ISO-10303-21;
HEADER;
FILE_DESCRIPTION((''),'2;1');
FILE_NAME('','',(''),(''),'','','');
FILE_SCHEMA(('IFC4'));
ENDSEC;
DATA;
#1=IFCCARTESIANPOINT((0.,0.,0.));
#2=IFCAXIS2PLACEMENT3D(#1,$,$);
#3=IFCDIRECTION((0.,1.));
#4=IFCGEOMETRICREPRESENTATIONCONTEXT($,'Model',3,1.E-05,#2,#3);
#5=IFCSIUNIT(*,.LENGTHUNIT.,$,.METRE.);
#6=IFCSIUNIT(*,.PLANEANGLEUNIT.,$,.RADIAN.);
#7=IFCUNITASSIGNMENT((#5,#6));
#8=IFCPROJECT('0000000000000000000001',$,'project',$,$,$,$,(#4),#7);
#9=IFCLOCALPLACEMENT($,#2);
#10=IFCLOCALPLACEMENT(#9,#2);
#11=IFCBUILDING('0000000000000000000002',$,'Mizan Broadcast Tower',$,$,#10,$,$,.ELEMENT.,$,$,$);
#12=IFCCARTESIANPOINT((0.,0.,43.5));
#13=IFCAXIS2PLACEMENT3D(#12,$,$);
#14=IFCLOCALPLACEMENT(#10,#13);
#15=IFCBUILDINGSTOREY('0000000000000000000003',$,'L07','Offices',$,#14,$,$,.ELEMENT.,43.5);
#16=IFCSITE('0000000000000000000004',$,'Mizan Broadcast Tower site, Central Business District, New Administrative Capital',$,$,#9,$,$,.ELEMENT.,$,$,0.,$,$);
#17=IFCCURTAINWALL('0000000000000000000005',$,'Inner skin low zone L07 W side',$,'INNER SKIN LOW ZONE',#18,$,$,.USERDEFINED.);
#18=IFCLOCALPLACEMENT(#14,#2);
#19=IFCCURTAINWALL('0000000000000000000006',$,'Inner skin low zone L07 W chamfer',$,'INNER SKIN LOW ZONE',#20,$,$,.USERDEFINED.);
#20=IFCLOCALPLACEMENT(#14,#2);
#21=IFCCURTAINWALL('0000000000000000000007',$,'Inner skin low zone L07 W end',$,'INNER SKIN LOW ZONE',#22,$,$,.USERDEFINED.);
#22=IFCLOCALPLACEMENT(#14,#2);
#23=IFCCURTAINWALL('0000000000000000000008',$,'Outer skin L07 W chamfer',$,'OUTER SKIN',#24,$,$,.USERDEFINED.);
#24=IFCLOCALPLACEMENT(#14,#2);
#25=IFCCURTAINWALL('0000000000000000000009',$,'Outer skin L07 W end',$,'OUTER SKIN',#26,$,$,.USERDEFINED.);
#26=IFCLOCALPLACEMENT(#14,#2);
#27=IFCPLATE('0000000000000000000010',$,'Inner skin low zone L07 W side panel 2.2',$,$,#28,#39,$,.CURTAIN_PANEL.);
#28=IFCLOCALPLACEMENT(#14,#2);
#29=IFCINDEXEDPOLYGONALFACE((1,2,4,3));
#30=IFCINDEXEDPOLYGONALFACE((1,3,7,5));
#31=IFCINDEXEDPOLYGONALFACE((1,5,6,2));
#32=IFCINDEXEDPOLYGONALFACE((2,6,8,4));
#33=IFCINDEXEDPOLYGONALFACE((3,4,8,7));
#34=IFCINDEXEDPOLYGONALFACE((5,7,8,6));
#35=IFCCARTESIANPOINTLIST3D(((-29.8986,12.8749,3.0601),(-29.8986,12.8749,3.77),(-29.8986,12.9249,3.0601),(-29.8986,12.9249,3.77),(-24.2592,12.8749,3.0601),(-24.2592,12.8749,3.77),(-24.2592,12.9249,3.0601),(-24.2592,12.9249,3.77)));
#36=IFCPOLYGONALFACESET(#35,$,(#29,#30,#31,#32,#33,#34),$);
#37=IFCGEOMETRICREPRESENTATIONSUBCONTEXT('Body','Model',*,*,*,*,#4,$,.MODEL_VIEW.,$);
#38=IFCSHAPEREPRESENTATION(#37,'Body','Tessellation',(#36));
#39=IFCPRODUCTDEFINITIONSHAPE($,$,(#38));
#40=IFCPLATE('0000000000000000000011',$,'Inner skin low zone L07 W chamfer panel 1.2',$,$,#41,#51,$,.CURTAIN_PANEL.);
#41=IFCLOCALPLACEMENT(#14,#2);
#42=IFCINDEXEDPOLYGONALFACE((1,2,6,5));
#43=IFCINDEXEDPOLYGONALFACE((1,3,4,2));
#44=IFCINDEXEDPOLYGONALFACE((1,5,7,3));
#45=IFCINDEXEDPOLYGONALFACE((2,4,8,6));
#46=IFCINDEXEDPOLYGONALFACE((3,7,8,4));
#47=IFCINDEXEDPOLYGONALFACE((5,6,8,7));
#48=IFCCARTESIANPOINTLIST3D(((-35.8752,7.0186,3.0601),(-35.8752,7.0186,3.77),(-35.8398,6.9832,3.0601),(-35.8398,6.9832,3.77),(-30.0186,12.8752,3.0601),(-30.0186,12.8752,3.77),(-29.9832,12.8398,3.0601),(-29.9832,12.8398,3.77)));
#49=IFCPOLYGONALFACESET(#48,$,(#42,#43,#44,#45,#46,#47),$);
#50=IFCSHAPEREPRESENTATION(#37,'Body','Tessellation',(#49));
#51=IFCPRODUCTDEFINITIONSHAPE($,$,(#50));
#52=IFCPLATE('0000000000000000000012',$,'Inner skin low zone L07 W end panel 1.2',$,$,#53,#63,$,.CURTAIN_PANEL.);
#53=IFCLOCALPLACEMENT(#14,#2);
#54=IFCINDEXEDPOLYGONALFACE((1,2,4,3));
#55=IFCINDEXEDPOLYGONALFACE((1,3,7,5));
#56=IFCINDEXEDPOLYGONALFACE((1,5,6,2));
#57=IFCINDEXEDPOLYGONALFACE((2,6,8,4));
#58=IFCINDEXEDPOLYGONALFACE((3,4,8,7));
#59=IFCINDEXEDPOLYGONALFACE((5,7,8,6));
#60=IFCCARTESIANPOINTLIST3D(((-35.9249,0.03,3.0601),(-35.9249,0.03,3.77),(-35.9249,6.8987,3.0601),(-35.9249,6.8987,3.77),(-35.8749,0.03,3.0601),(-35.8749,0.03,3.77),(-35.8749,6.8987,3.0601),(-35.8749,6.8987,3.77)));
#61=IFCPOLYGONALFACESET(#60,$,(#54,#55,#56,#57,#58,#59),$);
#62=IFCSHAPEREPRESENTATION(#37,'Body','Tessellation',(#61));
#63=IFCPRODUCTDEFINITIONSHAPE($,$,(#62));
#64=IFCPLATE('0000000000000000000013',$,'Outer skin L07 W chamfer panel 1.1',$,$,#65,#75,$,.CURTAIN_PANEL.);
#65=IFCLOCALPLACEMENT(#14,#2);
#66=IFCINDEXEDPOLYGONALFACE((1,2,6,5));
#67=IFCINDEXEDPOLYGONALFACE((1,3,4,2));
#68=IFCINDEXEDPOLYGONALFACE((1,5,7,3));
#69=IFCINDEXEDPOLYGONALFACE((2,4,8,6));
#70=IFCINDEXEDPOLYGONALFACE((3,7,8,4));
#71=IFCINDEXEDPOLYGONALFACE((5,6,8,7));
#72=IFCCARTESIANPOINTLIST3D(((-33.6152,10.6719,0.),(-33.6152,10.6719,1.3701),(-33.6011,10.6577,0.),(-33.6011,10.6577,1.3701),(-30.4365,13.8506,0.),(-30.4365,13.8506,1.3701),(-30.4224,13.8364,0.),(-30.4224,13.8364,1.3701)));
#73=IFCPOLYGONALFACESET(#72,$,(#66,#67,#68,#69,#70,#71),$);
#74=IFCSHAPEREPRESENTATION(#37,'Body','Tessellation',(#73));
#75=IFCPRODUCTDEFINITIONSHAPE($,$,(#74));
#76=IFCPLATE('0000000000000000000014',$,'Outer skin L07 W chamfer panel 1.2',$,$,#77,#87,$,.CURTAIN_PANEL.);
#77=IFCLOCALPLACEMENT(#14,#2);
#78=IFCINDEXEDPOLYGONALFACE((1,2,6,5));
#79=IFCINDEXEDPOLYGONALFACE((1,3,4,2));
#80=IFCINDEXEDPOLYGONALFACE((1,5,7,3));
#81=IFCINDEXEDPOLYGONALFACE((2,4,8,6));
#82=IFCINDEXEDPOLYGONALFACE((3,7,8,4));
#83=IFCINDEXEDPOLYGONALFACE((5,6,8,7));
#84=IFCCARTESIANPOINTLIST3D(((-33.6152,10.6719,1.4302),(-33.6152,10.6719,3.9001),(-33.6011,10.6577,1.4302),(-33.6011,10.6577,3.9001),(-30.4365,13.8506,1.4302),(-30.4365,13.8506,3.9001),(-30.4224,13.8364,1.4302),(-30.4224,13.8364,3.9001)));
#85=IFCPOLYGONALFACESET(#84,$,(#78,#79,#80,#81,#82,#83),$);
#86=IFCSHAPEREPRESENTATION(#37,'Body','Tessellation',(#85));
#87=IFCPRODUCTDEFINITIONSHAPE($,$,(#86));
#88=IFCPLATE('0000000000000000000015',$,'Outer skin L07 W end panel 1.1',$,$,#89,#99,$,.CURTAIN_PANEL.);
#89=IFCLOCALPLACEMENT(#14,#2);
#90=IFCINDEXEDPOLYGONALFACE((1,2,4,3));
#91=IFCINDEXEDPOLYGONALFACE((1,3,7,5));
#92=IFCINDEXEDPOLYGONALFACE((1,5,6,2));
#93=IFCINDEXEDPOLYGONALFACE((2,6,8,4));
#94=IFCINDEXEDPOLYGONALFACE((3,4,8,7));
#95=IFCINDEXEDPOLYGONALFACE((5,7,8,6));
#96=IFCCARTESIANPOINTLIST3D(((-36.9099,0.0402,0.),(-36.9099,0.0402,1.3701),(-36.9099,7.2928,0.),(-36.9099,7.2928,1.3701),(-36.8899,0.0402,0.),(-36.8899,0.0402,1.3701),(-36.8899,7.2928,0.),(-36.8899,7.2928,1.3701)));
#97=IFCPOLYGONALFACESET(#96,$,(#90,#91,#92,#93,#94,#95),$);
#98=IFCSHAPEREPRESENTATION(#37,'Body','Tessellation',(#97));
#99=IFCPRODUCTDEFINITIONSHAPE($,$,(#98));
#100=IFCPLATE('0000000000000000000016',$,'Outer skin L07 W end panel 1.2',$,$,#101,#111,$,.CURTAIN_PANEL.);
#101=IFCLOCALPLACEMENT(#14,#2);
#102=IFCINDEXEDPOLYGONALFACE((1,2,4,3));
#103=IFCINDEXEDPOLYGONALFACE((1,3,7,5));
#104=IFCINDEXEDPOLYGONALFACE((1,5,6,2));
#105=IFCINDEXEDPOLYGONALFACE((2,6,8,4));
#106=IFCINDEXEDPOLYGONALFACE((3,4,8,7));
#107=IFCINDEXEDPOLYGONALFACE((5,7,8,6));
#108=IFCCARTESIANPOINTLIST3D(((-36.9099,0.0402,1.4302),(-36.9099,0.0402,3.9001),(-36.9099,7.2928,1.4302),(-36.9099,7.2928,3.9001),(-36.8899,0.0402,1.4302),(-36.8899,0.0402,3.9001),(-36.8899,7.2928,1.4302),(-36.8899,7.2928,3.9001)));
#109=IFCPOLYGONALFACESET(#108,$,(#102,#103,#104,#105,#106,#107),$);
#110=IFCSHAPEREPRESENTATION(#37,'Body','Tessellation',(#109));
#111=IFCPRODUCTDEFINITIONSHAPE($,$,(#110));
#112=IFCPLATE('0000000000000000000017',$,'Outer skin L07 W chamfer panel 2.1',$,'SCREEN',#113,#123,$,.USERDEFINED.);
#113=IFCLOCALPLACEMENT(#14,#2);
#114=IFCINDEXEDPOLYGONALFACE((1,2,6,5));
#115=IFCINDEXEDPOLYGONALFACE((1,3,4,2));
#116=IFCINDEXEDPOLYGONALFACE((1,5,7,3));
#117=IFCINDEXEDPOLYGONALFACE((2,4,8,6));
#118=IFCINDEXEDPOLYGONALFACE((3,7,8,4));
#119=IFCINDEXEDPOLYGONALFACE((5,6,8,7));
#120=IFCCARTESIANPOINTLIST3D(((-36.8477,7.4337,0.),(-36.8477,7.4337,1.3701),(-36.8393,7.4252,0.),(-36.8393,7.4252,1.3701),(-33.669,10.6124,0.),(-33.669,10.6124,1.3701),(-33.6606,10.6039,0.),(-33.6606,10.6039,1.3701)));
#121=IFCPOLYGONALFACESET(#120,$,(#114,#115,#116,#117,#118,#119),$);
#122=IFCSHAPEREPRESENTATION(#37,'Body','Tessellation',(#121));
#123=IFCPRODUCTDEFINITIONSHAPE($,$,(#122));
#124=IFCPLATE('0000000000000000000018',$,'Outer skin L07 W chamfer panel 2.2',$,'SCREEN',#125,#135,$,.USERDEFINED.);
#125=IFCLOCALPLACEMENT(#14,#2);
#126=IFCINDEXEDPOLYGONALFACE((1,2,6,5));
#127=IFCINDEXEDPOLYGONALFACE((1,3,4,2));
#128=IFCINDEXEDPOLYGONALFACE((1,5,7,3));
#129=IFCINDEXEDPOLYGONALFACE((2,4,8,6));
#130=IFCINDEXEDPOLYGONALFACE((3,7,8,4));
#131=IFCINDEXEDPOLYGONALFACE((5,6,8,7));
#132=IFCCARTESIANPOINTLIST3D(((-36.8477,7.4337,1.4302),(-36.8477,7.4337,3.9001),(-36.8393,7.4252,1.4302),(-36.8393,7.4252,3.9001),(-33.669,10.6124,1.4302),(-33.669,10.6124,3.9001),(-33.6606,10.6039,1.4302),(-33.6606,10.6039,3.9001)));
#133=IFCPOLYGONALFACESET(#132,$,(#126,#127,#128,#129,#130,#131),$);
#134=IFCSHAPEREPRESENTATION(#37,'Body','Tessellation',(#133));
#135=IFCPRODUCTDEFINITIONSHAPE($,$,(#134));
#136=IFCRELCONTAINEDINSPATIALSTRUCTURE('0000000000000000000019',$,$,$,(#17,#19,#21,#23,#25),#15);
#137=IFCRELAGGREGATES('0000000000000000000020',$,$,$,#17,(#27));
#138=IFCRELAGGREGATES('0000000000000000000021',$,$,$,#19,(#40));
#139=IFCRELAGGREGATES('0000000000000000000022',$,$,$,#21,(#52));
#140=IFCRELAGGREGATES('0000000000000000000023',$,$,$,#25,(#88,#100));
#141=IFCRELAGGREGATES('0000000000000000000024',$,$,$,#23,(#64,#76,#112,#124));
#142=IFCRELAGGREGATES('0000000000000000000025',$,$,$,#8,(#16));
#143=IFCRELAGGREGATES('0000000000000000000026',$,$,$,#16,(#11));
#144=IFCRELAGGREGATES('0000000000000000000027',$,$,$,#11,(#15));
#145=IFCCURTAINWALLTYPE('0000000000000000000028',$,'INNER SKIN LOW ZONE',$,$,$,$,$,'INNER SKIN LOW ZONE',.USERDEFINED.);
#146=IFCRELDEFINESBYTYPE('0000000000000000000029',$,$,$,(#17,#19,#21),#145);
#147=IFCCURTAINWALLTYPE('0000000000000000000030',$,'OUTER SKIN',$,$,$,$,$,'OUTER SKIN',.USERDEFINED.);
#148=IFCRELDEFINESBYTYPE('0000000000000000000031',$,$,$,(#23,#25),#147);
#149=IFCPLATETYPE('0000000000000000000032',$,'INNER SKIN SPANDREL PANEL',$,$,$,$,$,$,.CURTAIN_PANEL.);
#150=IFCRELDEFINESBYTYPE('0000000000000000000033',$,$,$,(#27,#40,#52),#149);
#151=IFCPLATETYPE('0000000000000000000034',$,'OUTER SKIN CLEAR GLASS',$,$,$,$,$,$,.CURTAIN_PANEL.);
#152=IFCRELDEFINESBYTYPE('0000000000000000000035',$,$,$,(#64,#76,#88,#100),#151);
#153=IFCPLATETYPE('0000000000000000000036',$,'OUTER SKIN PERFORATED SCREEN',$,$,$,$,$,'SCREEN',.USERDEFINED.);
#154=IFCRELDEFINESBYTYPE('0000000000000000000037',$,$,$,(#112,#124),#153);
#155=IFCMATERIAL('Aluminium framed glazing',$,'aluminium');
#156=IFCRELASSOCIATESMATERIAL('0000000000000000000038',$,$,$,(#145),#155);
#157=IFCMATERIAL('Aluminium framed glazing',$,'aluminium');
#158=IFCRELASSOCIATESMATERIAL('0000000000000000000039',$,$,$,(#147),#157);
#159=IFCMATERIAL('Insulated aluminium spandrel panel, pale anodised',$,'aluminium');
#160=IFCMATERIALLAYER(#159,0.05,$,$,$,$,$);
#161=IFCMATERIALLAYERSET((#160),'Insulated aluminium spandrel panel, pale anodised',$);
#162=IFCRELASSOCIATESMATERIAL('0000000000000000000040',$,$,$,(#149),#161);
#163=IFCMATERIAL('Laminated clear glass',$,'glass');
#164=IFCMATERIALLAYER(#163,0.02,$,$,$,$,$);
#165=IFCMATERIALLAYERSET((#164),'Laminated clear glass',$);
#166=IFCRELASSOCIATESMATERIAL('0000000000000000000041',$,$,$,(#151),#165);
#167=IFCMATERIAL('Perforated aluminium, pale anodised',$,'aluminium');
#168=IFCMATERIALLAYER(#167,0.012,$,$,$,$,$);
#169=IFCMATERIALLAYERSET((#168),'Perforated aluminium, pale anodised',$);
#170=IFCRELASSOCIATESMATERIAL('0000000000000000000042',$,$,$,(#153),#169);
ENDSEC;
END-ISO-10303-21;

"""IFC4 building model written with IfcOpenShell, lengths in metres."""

from ifc_helpers import new_model, si_unit, direction, frame, origin, origin_2d, place, context, subcontext, project, spatial, rectangle, extrude, material, layer, layer_set, type_object, element, aggregate, save


model = new_model("IFC4")

# Units and contexts
model_context = context("Model", 3, precision=1e-05, world=origin(), true_north=direction((0.0, 1.0)))
body_context = subcontext(model_context, "Body", "Model", "MODEL_VIEW")
ifc_project = project(units=[si_unit("LENGTHUNIT", "METRE"), si_unit("PLANEANGLEUNIT", "RADIAN")], contexts=[model_context])

# Site, building, storey
site_placement = place(None, origin())
site = spatial("IfcSite", under=ifc_project, at=site_placement, Name="Mizan Broadcast Tower site, Central Business District, New Administrative Capital", CompositionType="ELEMENT", RefElevation=0.0)
building_placement = place(site_placement, origin())
building = spatial("IfcBuilding", under=site, at=building_placement, Name="Mizan Broadcast Tower", CompositionType="ELEMENT")
storey_placement = place(building_placement, frame((0.0, 0.0, 43.5)))
storey = spatial("IfcBuildingStorey", under=building, at=storey_placement, Name="L07", Description="Offices", CompositionType="ELEMENT", Elevation=43.5)

# Curtain walls
ifc_material_1 = material(Name="Aluminium framed glazing", Category="aluminium")
curtain_wall_type_1 = type_object("IfcCurtainWallType", Name="INNER SKIN LOW ZONE", ElementType="INNER SKIN LOW ZONE", PredefinedType="USERDEFINED", material=ifc_material_1)
curtain_wall_1_placement = place(storey_placement, origin())
curtain_wall_1 = element("IfcCurtainWall", 1, at=curtain_wall_1_placement, inside=storey, type_object=curtain_wall_type_1, Name="Inner skin low zone L07 W side", ObjectType="INNER SKIN LOW ZONE", PredefinedType="USERDEFINED")
curtain_wall_2_placement = place(storey_placement, origin())
curtain_wall_2 = element("IfcCurtainWall", 2, at=curtain_wall_2_placement, inside=storey, type_object=curtain_wall_type_1, Name="Inner skin low zone L07 W chamfer", ObjectType="INNER SKIN LOW ZONE", PredefinedType="USERDEFINED")
curtain_wall_3_placement = place(storey_placement, origin())
curtain_wall_3 = element("IfcCurtainWall", 3, at=curtain_wall_3_placement, inside=storey, type_object=curtain_wall_type_1, Name="Inner skin low zone L07 W end", ObjectType="INNER SKIN LOW ZONE", PredefinedType="USERDEFINED")

# Shared definitions
ifc_material_2 = material(Name="Aluminium framed glazing", Category="aluminium")
curtain_wall_type_2 = type_object("IfcCurtainWallType", Name="OUTER SKIN", ElementType="OUTER SKIN", PredefinedType="USERDEFINED", material=ifc_material_2)

# Curtain wall
curtain_wall_4_placement = place(storey_placement, origin())
curtain_wall_4 = element("IfcCurtainWall", 4, at=curtain_wall_4_placement, inside=storey, type_object=curtain_wall_type_2, Name="Outer skin L07 W chamfer", ObjectType="OUTER SKIN", PredefinedType="USERDEFINED")

# Curtain wall
curtain_wall_5_placement = place(storey_placement, origin())
curtain_wall_5 = element("IfcCurtainWall", 5, at=curtain_wall_5_placement, inside=storey, type_object=curtain_wall_type_2, Name="Outer skin L07 W end", ObjectType="OUTER SKIN", PredefinedType="USERDEFINED")

# Plates
ifc_material_3 = material(Name="Insulated aluminium spandrel panel, pale anodised", Category="aluminium")
ifc_layer_1 = layer(ifc_material_3, 0.05)
ifc_layer_set_1 = layer_set([ifc_layer_1], Name="Insulated aluminium spandrel panel, pale anodised")
plate_type_1 = type_object("IfcPlateType", Name="INNER SKIN SPANDREL PANEL", PredefinedType="CURTAIN_PANEL", material=ifc_layer_set_1)
plate_1_placement = place(storey_placement, frame((-27.0789, 12.8999, 3.0601), z_axis=(0.0, 0.0, 1.0), x_axis=(-1.0, 0.0, 0.0)))
plate_1 = element("IfcPlate", 6, at=plate_1_placement, type_object=plate_type_1, Name="Inner skin low zone L07 W side panel 2.2", PredefinedType="CURTAIN_PANEL", context=body_context, shape_type="SweptSolid", body=[
    extrude(rectangle(XDim=5.6394, YDim=0.05, at=origin_2d()), origin(), (0.0, 0.0, 1.0), 0.71),
])
aggregate(curtain_wall_1, [plate_1])
plate_2_placement = place(storey_placement, frame((-32.9292, 9.9292, 3.0601), z_axis=(0.0, 0.0, 1.0), x_axis=(-0.707107, -0.707107, 0.0)))
plate_2 = element("IfcPlate", 7, at=plate_2_placement, type_object=plate_type_1, Name="Inner skin low zone L07 W chamfer panel 1.2", PredefinedType="CURTAIN_PANEL", context=body_context, shape_type="SweptSolid", body=[
    extrude(rectangle(XDim=8.2825, YDim=0.05, at=origin_2d()), origin(), (0.0, 0.0, 1.0), 0.71),
])
aggregate(curtain_wall_2, [plate_2])
plate_3_placement = place(storey_placement, frame((-35.8999, 3.4644, 3.0601), z_axis=(0.0, 0.0, 1.0), x_axis=(0.0, -1.0, 0.0)))
plate_3 = element("IfcPlate", 8, at=plate_3_placement, type_object=plate_type_1, Name="Inner skin low zone L07 W end panel 1.2", PredefinedType="CURTAIN_PANEL", context=body_context, shape_type="SweptSolid", body=[
    extrude(rectangle(XDim=6.8687, YDim=0.05, at=origin_2d()), origin(), (0.0, 0.0, 1.0), 0.71),
])
aggregate(curtain_wall_3, [plate_3])
ifc_material_4 = material(Name="Laminated clear glass", Category="glass")
ifc_layer_2 = layer(ifc_material_4, 0.02)
ifc_layer_set_2 = layer_set([ifc_layer_2], Name="Laminated clear glass")
plate_type_2 = type_object("IfcPlateType", Name="OUTER SKIN CLEAR GLASS", PredefinedType="CURTAIN_PANEL", material=ifc_layer_set_2)
plate_4_placement = place(storey_placement, frame((-32.0188, 12.2542, 0.0), z_axis=(0.0, 0.0, 1.0), x_axis=(-0.707107, -0.707107, 0.0)))
plate_4 = element("IfcPlate", 9, at=plate_4_placement, type_object=plate_type_2, Name="Outer skin L07 W chamfer panel 1.1", PredefinedType="CURTAIN_PANEL", context=body_context, shape_type="SweptSolid", body=[
    extrude(rectangle(XDim=4.4954, YDim=0.02, at=origin_2d()), origin(), (0.0, 0.0, 1.0), 1.3701),
])
plate_5_placement = place(storey_placement, frame((-32.0188, 12.2542, 1.4302), z_axis=(0.0, 0.0, 1.0), x_axis=(-0.707107, -0.707107, 0.0)))
plate_5 = element("IfcPlate", 10, at=plate_5_placement, type_object=plate_type_2, Name="Outer skin L07 W chamfer panel 1.2", PredefinedType="CURTAIN_PANEL", context=body_context, shape_type="SweptSolid", body=[
    extrude(rectangle(XDim=4.4954, YDim=0.02, at=origin_2d()), origin(), (0.0, 0.0, 1.0), 2.47),
])
plate_6_placement = place(storey_placement, frame((-36.8999, 3.6665, 0.0), z_axis=(0.0, 0.0, 1.0), x_axis=(0.0, -1.0, 0.0)))
plate_6 = element("IfcPlate", 11, at=plate_6_placement, type_object=plate_type_2, Name="Outer skin L07 W end panel 1.1", PredefinedType="CURTAIN_PANEL", context=body_context, shape_type="SweptSolid", body=[
    extrude(rectangle(XDim=7.2527, YDim=0.02, at=origin_2d()), origin(), (0.0, 0.0, 1.0), 1.3701),
])
plate_7_placement = place(storey_placement, frame((-36.8999, 3.6665, 1.4302), z_axis=(0.0, 0.0, 1.0), x_axis=(0.0, -1.0, 0.0)))
plate_7 = element("IfcPlate", 12, at=plate_7_placement, type_object=plate_type_2, Name="Outer skin L07 W end panel 1.2", PredefinedType="CURTAIN_PANEL", context=body_context, shape_type="SweptSolid", body=[
    extrude(rectangle(XDim=7.2527, YDim=0.02, at=origin_2d()), origin(), (0.0, 0.0, 1.0), 2.47),
])
aggregate(curtain_wall_5, [plate_6, plate_7])
ifc_material_5 = material(Name="Perforated aluminium, pale anodised", Category="aluminium")
ifc_layer_3 = layer(ifc_material_5, 0.012)
ifc_layer_set_3 = layer_set([ifc_layer_3], Name="Perforated aluminium, pale anodised")
plate_type_3 = type_object("IfcPlateType", Name="OUTER SKIN PERFORATED SCREEN", ElementType="SCREEN", PredefinedType="USERDEFINED", material=ifc_layer_set_3)
plate_8_placement = place(storey_placement, frame((-35.2542, 9.0188, 0.0), z_axis=(0.0, 0.0, 1.0), x_axis=(-0.707107, -0.707107, 0.0)))
plate_8 = element("IfcPlate", 13, at=plate_8_placement, type_object=plate_type_3, Name="Outer skin L07 W chamfer panel 2.1", ObjectType="SCREEN", PredefinedType="USERDEFINED", context=body_context, shape_type="SweptSolid", body=[
    extrude(rectangle(XDim=4.4954, YDim=0.012, at=origin_2d()), origin(), (0.0, 0.0, 1.0), 1.3701),
])
plate_9_placement = place(storey_placement, frame((-35.2542, 9.0188, 1.4302), z_axis=(0.0, 0.0, 1.0), x_axis=(-0.707107, -0.707107, 0.0)))
plate_9 = element("IfcPlate", 14, at=plate_9_placement, type_object=plate_type_3, Name="Outer skin L07 W chamfer panel 2.2", ObjectType="SCREEN", PredefinedType="USERDEFINED", context=body_context, shape_type="SweptSolid", body=[
    extrude(rectangle(XDim=4.4954, YDim=0.012, at=origin_2d()), origin(), (0.0, 0.0, 1.0), 2.47),
])
aggregate(curtain_wall_4, [plate_4, plate_5, plate_8, plate_9])

save(model, "model.ifc")
